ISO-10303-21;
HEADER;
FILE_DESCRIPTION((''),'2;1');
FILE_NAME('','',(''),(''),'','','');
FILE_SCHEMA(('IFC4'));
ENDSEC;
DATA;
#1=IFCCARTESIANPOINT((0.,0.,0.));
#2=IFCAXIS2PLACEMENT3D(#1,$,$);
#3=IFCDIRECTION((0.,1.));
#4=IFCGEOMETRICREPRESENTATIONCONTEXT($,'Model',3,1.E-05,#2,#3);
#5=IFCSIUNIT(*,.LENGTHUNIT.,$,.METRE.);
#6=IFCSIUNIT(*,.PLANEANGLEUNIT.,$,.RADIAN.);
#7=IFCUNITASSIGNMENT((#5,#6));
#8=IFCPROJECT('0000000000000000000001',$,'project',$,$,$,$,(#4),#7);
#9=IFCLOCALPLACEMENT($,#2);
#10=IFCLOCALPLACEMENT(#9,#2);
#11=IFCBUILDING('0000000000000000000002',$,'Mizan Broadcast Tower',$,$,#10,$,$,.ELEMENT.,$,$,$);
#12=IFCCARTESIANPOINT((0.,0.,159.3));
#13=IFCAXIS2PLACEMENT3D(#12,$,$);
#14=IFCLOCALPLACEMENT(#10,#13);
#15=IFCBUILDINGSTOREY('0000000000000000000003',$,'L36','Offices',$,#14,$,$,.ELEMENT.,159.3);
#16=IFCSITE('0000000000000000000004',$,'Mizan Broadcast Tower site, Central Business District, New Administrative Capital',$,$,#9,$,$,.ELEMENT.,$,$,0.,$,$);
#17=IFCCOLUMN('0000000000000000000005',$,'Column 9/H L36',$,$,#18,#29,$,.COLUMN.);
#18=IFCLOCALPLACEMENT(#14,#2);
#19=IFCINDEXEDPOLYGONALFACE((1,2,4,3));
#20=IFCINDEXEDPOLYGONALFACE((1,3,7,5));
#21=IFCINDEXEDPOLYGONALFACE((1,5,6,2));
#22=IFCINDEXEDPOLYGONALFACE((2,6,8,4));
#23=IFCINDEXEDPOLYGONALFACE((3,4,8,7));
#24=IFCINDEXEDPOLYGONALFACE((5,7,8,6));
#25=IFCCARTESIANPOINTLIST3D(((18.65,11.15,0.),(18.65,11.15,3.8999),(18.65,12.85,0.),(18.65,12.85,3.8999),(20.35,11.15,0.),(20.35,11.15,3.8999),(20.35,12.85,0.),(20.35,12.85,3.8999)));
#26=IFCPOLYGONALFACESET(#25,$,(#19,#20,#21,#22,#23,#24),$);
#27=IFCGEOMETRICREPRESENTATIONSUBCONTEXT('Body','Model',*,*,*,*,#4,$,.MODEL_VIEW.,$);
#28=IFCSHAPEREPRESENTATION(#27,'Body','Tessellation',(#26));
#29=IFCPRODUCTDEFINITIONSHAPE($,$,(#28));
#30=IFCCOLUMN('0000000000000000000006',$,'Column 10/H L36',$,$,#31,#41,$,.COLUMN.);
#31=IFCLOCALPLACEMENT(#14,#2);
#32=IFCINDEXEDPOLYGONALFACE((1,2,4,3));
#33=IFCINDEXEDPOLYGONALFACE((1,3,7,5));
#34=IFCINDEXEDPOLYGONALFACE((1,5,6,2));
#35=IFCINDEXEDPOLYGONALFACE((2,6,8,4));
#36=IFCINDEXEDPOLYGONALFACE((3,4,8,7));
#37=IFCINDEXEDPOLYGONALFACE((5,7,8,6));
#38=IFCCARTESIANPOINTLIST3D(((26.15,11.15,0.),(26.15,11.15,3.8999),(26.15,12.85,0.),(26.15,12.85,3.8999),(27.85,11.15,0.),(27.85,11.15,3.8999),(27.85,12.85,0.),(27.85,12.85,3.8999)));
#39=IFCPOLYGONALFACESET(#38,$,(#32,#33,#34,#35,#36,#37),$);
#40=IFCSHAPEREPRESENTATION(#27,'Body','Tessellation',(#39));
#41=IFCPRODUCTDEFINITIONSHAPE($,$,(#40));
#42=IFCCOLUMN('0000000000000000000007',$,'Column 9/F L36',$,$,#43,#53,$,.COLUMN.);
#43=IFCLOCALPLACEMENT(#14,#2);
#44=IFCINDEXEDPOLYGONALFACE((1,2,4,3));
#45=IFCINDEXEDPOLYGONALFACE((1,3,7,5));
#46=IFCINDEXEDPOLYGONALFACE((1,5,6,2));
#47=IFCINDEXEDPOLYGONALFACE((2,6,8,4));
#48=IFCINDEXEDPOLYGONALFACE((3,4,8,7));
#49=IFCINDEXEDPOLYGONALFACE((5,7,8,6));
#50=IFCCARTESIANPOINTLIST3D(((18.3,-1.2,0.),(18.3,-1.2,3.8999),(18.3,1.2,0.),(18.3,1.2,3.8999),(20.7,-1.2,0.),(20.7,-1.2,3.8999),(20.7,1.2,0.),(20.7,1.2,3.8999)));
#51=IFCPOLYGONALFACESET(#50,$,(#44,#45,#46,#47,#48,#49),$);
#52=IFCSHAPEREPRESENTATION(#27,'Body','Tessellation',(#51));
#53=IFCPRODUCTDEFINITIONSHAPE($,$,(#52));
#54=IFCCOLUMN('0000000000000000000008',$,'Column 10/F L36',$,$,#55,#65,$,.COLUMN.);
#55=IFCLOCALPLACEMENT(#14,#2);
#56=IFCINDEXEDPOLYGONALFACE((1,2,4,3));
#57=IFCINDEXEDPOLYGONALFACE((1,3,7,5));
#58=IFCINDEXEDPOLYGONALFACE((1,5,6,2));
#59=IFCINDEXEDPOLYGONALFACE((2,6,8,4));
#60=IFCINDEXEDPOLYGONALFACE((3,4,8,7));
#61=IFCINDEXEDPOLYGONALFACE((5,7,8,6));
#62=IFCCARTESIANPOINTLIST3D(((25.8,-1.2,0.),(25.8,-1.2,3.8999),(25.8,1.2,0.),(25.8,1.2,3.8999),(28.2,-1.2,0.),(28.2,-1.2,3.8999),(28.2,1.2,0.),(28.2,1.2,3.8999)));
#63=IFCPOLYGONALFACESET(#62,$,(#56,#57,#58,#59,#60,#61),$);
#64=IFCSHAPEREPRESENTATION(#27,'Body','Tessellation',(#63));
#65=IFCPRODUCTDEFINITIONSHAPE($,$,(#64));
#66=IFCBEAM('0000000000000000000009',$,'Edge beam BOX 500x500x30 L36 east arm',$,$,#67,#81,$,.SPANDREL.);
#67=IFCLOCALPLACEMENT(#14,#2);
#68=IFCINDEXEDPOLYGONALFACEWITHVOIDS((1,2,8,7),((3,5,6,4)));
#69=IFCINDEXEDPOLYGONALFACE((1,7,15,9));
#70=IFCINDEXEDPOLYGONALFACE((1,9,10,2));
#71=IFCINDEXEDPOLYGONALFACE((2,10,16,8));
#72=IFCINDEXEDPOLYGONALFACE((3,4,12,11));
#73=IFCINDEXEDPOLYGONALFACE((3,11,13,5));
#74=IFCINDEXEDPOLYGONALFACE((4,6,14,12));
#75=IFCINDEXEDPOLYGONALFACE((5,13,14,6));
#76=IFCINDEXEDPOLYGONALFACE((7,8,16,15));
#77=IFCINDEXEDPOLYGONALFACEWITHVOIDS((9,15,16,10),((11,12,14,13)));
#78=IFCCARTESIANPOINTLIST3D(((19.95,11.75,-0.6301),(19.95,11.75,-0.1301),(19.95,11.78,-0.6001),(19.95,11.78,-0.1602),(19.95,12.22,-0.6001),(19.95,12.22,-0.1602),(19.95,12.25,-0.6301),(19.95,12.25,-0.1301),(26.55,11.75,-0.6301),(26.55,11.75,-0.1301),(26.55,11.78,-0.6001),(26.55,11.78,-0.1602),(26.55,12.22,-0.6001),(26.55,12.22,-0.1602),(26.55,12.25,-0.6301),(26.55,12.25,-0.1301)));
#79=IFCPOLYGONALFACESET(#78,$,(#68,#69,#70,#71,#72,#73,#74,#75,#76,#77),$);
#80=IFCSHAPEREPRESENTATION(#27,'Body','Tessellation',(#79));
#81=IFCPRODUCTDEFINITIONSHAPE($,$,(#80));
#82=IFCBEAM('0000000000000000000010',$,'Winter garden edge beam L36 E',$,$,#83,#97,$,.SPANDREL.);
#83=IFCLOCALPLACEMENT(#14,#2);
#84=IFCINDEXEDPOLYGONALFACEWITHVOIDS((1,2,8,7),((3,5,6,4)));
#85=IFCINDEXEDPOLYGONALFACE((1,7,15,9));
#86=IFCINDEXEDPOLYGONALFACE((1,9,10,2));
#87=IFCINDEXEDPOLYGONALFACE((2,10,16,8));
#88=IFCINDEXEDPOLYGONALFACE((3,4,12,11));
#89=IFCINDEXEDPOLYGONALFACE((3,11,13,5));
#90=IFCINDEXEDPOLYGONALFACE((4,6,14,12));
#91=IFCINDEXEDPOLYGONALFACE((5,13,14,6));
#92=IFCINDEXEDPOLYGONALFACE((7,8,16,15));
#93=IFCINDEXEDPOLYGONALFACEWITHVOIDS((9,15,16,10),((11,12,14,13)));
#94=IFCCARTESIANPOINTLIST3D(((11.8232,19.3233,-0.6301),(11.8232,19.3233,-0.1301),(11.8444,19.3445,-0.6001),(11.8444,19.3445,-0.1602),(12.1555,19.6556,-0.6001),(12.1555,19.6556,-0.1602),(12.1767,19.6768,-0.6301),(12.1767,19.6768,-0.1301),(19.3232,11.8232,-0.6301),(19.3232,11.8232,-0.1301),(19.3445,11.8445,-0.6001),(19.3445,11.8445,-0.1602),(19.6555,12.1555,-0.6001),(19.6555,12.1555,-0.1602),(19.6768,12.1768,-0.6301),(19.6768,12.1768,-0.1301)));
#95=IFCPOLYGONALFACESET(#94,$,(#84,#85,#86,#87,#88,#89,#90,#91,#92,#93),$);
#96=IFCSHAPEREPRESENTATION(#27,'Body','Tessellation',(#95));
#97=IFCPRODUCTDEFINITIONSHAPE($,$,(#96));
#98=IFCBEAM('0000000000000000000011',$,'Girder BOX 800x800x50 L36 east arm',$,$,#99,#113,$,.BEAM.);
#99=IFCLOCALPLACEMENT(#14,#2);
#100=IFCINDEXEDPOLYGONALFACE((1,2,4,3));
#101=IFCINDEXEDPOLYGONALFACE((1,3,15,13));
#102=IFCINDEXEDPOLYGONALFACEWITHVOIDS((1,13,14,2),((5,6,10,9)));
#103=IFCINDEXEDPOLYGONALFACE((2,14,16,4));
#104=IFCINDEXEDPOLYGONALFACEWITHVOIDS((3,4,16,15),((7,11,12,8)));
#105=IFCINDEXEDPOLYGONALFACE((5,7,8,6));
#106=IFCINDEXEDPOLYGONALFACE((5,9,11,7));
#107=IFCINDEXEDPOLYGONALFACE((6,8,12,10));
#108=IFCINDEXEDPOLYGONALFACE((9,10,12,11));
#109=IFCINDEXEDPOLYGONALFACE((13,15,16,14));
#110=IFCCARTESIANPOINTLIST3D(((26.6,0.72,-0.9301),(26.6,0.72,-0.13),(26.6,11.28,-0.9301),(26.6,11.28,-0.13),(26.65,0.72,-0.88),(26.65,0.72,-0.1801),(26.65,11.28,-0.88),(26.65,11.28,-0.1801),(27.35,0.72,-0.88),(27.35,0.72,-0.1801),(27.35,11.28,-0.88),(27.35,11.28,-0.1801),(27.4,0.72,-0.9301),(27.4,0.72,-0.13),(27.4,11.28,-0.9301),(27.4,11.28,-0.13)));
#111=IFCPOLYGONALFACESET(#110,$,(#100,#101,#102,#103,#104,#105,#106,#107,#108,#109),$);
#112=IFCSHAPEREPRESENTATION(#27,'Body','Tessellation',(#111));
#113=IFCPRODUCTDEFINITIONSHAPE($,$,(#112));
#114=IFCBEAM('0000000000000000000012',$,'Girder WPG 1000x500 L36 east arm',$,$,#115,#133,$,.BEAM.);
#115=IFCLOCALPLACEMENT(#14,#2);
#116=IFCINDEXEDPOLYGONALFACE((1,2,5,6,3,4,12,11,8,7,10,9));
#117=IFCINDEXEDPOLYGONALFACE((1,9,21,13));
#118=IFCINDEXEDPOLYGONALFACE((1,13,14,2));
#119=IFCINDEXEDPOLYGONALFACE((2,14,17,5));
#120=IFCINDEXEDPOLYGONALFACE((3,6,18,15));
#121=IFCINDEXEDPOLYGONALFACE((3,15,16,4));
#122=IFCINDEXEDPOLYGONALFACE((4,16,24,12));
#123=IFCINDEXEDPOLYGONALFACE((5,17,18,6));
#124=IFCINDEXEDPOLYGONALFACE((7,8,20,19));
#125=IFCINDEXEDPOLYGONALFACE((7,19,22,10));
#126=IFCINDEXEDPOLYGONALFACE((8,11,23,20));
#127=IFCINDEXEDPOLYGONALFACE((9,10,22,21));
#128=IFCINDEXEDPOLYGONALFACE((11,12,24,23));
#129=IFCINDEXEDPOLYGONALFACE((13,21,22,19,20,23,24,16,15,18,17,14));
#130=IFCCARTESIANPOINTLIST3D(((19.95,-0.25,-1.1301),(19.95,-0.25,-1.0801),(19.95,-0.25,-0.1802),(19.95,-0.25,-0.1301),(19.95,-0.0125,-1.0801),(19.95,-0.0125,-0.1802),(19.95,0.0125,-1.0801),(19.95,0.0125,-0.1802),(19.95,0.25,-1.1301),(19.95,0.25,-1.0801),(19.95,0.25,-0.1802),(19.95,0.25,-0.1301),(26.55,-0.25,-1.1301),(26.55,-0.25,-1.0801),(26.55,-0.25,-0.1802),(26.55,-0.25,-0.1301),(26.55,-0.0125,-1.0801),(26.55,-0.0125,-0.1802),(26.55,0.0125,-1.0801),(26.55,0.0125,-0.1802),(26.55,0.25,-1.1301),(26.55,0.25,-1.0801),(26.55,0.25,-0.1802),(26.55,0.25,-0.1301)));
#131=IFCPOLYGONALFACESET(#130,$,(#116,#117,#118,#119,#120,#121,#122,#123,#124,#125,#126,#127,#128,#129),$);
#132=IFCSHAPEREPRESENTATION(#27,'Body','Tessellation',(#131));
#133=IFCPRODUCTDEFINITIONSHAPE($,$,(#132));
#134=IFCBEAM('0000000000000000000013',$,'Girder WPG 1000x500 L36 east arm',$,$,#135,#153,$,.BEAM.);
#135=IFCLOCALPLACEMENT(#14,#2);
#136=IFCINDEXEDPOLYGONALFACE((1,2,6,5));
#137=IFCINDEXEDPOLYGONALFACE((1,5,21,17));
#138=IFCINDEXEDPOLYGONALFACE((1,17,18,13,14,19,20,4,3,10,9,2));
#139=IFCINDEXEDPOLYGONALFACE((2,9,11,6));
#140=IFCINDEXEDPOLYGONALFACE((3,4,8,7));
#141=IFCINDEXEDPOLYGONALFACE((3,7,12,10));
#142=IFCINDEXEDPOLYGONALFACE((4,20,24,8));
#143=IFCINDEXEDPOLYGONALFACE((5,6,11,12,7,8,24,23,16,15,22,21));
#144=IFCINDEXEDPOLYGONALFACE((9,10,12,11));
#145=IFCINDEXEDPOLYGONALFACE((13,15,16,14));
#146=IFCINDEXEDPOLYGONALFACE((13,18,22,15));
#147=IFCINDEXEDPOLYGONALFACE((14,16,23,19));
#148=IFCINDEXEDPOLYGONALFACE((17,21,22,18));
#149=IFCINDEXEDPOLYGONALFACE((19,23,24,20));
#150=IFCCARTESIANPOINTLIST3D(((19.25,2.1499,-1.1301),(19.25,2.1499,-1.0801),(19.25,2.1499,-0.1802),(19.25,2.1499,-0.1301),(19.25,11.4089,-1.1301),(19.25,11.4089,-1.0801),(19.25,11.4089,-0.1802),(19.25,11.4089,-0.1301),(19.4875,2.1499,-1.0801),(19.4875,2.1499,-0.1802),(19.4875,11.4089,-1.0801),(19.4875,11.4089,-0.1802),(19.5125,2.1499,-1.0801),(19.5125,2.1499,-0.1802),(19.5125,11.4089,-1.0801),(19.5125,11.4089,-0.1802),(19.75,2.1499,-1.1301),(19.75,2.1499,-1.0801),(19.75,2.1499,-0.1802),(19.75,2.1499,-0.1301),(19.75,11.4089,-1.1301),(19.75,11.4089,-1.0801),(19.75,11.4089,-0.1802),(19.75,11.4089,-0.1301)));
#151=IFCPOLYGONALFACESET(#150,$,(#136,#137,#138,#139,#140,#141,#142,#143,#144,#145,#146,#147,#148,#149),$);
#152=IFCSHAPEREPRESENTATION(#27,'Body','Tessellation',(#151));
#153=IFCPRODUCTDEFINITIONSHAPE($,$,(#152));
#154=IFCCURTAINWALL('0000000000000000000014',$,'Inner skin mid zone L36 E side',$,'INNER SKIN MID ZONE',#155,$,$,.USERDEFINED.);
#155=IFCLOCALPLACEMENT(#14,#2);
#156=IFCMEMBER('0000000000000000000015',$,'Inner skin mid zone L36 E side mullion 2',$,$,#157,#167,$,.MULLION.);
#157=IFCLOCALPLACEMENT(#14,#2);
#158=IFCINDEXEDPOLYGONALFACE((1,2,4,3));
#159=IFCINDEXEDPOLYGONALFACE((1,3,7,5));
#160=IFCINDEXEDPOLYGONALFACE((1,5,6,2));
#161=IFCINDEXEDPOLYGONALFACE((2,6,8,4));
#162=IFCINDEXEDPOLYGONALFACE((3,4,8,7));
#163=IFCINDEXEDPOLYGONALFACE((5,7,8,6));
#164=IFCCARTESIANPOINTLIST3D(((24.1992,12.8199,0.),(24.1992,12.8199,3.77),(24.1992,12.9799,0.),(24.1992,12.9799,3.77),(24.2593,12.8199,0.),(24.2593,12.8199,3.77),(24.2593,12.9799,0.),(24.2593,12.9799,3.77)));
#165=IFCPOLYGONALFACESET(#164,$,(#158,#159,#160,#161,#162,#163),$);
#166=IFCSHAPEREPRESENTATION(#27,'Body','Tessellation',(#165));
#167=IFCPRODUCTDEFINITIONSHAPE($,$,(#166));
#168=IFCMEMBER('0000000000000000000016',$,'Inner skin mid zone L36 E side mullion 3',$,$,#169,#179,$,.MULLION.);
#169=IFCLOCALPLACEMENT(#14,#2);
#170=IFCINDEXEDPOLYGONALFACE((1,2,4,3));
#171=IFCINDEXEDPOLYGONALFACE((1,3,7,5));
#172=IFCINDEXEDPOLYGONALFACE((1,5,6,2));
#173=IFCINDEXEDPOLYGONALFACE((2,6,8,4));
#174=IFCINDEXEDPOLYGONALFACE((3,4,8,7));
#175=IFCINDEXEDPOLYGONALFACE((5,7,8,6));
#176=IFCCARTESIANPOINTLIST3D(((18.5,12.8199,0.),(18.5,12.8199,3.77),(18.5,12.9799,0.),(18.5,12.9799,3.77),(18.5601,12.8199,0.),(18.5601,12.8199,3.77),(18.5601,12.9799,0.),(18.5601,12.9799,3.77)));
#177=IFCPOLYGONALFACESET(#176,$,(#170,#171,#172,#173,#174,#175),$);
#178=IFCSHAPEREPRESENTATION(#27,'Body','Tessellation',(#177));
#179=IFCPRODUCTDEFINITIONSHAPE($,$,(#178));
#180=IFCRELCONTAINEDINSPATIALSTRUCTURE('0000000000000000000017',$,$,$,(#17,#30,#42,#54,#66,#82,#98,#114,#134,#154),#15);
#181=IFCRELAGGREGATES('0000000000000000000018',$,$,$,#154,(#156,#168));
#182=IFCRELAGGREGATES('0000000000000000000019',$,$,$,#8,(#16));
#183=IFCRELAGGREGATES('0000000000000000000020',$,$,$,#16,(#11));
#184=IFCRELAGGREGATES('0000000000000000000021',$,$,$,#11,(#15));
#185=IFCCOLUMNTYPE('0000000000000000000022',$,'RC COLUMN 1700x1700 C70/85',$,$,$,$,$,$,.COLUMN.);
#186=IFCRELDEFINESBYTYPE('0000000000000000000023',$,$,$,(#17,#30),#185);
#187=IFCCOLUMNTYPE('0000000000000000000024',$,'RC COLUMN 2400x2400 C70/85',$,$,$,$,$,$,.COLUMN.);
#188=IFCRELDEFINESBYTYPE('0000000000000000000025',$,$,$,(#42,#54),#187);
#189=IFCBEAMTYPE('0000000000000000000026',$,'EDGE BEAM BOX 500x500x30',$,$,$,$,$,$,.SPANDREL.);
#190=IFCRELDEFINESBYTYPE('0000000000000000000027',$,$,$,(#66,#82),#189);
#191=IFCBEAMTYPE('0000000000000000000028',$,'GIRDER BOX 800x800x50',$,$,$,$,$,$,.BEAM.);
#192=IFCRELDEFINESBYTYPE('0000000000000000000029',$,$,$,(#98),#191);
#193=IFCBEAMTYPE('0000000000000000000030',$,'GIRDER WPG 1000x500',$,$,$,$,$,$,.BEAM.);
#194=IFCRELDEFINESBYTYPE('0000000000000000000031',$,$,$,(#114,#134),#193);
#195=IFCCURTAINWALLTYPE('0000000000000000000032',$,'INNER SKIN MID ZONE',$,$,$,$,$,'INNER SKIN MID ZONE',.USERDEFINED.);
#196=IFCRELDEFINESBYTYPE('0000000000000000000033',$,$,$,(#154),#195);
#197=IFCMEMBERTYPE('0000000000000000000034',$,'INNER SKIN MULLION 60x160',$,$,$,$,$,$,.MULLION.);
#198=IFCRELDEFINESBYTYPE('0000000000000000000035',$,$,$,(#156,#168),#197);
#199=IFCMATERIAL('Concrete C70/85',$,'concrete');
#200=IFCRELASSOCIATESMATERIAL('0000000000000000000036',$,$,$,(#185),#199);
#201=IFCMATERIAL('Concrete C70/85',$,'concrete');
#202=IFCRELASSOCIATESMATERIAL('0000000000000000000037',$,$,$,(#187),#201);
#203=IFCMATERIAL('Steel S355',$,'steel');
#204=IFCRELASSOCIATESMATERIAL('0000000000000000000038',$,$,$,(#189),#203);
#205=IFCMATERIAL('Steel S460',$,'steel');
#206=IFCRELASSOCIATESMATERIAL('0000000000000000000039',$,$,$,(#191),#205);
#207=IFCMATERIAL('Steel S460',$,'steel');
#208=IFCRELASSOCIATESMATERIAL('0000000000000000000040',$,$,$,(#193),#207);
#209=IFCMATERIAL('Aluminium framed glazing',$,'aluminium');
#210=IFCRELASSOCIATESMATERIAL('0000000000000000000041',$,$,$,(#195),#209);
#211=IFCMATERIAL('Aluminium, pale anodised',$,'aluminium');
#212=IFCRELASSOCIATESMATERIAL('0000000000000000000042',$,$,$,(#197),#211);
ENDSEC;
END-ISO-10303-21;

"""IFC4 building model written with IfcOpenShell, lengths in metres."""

from ifc_helpers import new_model, si_unit, direction, frame, origin, origin_2d, place, context, subcontext, project, spatial, rectangle, hollow_rectangle, i_section, extrude, material, material_profile, profile_set, type_object, element, aggregate, save


model = new_model("IFC4")

# Units and contexts
model_context = context("Model", 3, precision=1e-05, world=origin(), true_north=direction((0.0, 1.0)))
body_context = subcontext(model_context, "Body", "Model", "MODEL_VIEW")
ifc_project = project(units=[si_unit("LENGTHUNIT", "METRE"), si_unit("PLANEANGLEUNIT", "RADIAN")], contexts=[model_context])

# Site, building, storey
site_placement = place(None, origin())
site = spatial("IfcSite", under=ifc_project, at=site_placement, Name="Mizan Broadcast Tower site, Central Business District, New Administrative Capital", CompositionType="ELEMENT", RefElevation=0.0)
building_placement = place(site_placement, origin())
building = spatial("IfcBuilding", under=site, at=building_placement, Name="Mizan Broadcast Tower", CompositionType="ELEMENT")
storey_placement = place(building_placement, frame((0.0, 0.0, 159.3)))
storey = spatial("IfcBuildingStorey", under=building, at=storey_placement, Name="L36", Description="Offices", CompositionType="ELEMENT", Elevation=159.3)

# Columns
ifc_material_1 = material(Name="Concrete C70/85", Category="concrete")
ifc_material_profile_1 = material_profile(ifc_material_1, rectangle(XDim=1.7, YDim=1.7, at=origin_2d()), Name="RC 1700x1700")
ifc_profile_set_1 = profile_set([ifc_material_profile_1], Name="Concrete C70/85")
column_type_1 = type_object("IfcColumnType", Name="RC COLUMN 1700x1700 C70/85", PredefinedType="COLUMN", material=ifc_profile_set_1)
for number, where, z_axis, x_axis, name in (
    (1, (19.5, 12.0, 0.0), (0.0, 0.0, 1.0), (1.0, 0.0, 0.0), "Column 9/H L36"),
    (2, (27.0, 12.0, 0.0), (0.0, 0.0, 1.0), (1.0, 0.0, 0.0), "Column 10/H L36"),
):
    element("IfcColumn", number, at=place(storey_placement, frame(where, z_axis=z_axis, x_axis=x_axis)), inside=storey, type_object=column_type_1, Name=name, PredefinedType="COLUMN", context=body_context, shape_type="SweptSolid", body=[
        extrude(rectangle(XDim=1.7, YDim=1.7, at=origin_2d()), origin(), (0.0, 0.0, 1.0), 3.8999),
    ])
ifc_material_2 = material(Name="Concrete C70/85", Category="concrete")
ifc_material_profile_2 = material_profile(ifc_material_2, rectangle(XDim=2.3999, YDim=2.3999, at=origin_2d()), Name="RC 2400x2400")
ifc_profile_set_2 = profile_set([ifc_material_profile_2], Name="Concrete C70/85")
column_type_2 = type_object("IfcColumnType", Name="RC COLUMN 2400x2400 C70/85", PredefinedType="COLUMN", material=ifc_profile_set_2)
for number, where, z_axis, x_axis, name in (
    (3, (19.5, 0.0, 0.0), (0.0, 0.0, 1.0), (1.0, 0.0, 0.0), "Column 9/F L36"),
    (4, (27.0, 0.0, 0.0), (0.0, 0.0, 1.0), (1.0, 0.0, 0.0), "Column 10/F L36"),
):
    element("IfcColumn", number, at=place(storey_placement, frame(where, z_axis=z_axis, x_axis=x_axis)), inside=storey, type_object=column_type_2, Name=name, PredefinedType="COLUMN", context=body_context, shape_type="SweptSolid", body=[
        extrude(rectangle(XDim=2.3999, YDim=2.3999, at=origin_2d()), origin(), (0.0, 0.0, 1.0), 3.8999),
    ])

# Beams
ifc_material_3 = material(Name="Steel S355", Category="steel")
ifc_material_profile_3 = material_profile(ifc_material_3, hollow_rectangle(XDim=0.5, YDim=0.5, WallThickness=0.03, at=origin_2d()), Name="BOX 500x500x30")
ifc_profile_set_3 = profile_set([ifc_material_profile_3], Name="Steel S355")
beam_type_1 = type_object("IfcBeamType", Name="EDGE BEAM BOX 500x500x30", PredefinedType="SPANDREL", material=ifc_profile_set_3)
beam_1_placement = place(storey_placement, frame((19.95, 12.0, -0.3801), z_axis=(1.0, 0.0, 0.0), x_axis=(0.0, 1.0, 0.0)))
element("IfcBeam", 5, at=beam_1_placement, inside=storey, type_object=beam_type_1, Name="Edge beam BOX 500x500x30 L36 east arm", PredefinedType="SPANDREL", context=body_context, shape_type="SweptSolid", body=[
    extrude(hollow_rectangle(XDim=0.5, YDim=0.5, WallThickness=0.03, at=origin_2d()), origin(), (0.0, 0.0, 1.0), 6.6001),
])
beam_2_placement = place(storey_placement, frame((19.5, 12.0, -0.3801), z_axis=(-0.707107, 0.707107, 0.0), x_axis=(-0.707107, -0.707107, 0.0)))
element("IfcBeam", 6, at=beam_2_placement, inside=storey, type_object=beam_type_1, Name="Winter garden edge beam L36 E", PredefinedType="SPANDREL", context=body_context, shape_type="SweptSolid", body=[
    extrude(hollow_rectangle(XDim=0.5, YDim=0.5, WallThickness=0.03, at=origin_2d()), origin(), (0.0, 0.0, 1.0), 10.6067),
])
ifc_material_4 = material(Name="Steel S460", Category="steel")
ifc_material_profile_4 = material_profile(ifc_material_4, hollow_rectangle(XDim=0.8, YDim=0.8, WallThickness=0.05, at=origin_2d()), Name="BOX 800x800x50")
ifc_profile_set_4 = profile_set([ifc_material_profile_4], Name="Steel S460")
beam_type_2 = type_object("IfcBeamType", Name="GIRDER BOX 800x800x50", PredefinedType="BEAM", material=ifc_profile_set_4)
beam_3_placement = place(storey_placement, frame((27.0, 11.28, -0.53), z_axis=(0.0, -1.0, 0.0), x_axis=(1.0, 0.0, 0.0)))
element("IfcBeam", 7, at=beam_3_placement, inside=storey, type_object=beam_type_2, Name="Girder BOX 800x800x50 L36 east arm", PredefinedType="BEAM", context=body_context, shape_type="SweptSolid", body=[
    extrude(hollow_rectangle(XDim=0.8, YDim=0.8, WallThickness=0.05, at=origin_2d()), origin(), (0.0, 0.0, 1.0), 10.5601),
])
ifc_material_5 = material(Name="Steel S460", Category="steel")
ifc_material_profile_5 = material_profile(ifc_material_5, i_section(OverallWidth=0.5, OverallDepth=1.0, WebThickness=0.0249, FlangeThickness=0.05, at=origin_2d()), Name="WPG 1000x500")
ifc_profile_set_5 = profile_set([ifc_material_profile_5], Name="Steel S460")
beam_type_3 = type_object("IfcBeamType", Name="GIRDER WPG 1000x500", PredefinedType="BEAM", material=ifc_profile_set_5)
beam_4_placement = place(storey_placement, frame((19.95, 0.0, -0.6301), z_axis=(1.0, 0.0, 0.0), x_axis=(0.0, 1.0, 0.0)))
element("IfcBeam", 8, at=beam_4_placement, inside=storey, type_object=beam_type_3, Name="Girder WPG 1000x500 L36 east arm", PredefinedType="BEAM", context=body_context, shape_type="SweptSolid", body=[
    extrude(i_section(OverallWidth=0.5, OverallDepth=1.0, WebThickness=0.0249, FlangeThickness=0.05, at=origin_2d()), origin(), (0.0, 0.0, 1.0), 6.6001),
])
beam_5_placement = place(storey_placement, frame((19.5, 11.4089, -0.6301), z_axis=(0.0, -1.0, 0.0), x_axis=(1.0, 0.0, 0.0)))
element("IfcBeam", 9, at=beam_5_placement, inside=storey, type_object=beam_type_3, Name="Girder WPG 1000x500 L36 east arm", PredefinedType="BEAM", context=body_context, shape_type="SweptSolid", body=[
    extrude(i_section(OverallWidth=0.5, OverallDepth=1.0, WebThickness=0.0249, FlangeThickness=0.05, at=origin_2d()), origin(), (0.0, 0.0, 1.0), 9.259),
])

# Curtain wall, members
ifc_material_6 = material(Name="Aluminium framed glazing", Category="aluminium")
curtain_wall_type_1 = type_object("IfcCurtainWallType", Name="INNER SKIN MID ZONE", ElementType="INNER SKIN MID ZONE", PredefinedType="USERDEFINED", material=ifc_material_6)
curtain_wall_1_placement = place(storey_placement, origin())
curtain_wall_1 = element("IfcCurtainWall", 10, at=curtain_wall_1_placement, inside=storey, type_object=curtain_wall_type_1, Name="Inner skin mid zone L36 E side", ObjectType="INNER SKIN MID ZONE", PredefinedType="USERDEFINED")
ifc_material_7 = material(Name="Aluminium, pale anodised", Category="aluminium")
ifc_material_profile_6 = material_profile(ifc_material_7, rectangle(XDim=0.1599, YDim=0.0601, at=origin_2d()), Name="MULLION 160x60")
ifc_profile_set_6 = profile_set([ifc_material_profile_6], Name="Aluminium, pale anodised")
member_type_1 = type_object("IfcMemberType", Name="INNER SKIN MULLION 60x160", PredefinedType="MULLION", material=ifc_profile_set_6)
member_1_placement = place(storey_placement, frame((24.2292, 12.8999, 0.0), z_axis=(0.0, 0.0, 1.0), x_axis=(0.0, -1.0, 0.0)))
member_1 = element("IfcMember", 11, at=member_1_placement, type_object=member_type_1, Name="Inner skin mid zone L36 E side mullion 2", PredefinedType="MULLION", context=body_context, shape_type="SweptSolid", body=[
    extrude(rectangle(XDim=0.1599, YDim=0.0601, at=origin_2d()), origin(), (0.0, 0.0, 1.0), 3.77),
])
member_2_placement = place(storey_placement, frame((18.53, 12.8999, 0.0), z_axis=(0.0, 0.0, 1.0), x_axis=(0.0, -1.0, 0.0)))
member_2 = element("IfcMember", 12, at=member_2_placement, type_object=member_type_1, Name="Inner skin mid zone L36 E side mullion 3", PredefinedType="MULLION", context=body_context, shape_type="SweptSolid", body=[
    extrude(rectangle(XDim=0.1599, YDim=0.0601, at=origin_2d()), origin(), (0.0, 0.0, 1.0), 3.77),
])

aggregate(curtain_wall_1, [member_1, member_2])

save(model, "model.ifc")
